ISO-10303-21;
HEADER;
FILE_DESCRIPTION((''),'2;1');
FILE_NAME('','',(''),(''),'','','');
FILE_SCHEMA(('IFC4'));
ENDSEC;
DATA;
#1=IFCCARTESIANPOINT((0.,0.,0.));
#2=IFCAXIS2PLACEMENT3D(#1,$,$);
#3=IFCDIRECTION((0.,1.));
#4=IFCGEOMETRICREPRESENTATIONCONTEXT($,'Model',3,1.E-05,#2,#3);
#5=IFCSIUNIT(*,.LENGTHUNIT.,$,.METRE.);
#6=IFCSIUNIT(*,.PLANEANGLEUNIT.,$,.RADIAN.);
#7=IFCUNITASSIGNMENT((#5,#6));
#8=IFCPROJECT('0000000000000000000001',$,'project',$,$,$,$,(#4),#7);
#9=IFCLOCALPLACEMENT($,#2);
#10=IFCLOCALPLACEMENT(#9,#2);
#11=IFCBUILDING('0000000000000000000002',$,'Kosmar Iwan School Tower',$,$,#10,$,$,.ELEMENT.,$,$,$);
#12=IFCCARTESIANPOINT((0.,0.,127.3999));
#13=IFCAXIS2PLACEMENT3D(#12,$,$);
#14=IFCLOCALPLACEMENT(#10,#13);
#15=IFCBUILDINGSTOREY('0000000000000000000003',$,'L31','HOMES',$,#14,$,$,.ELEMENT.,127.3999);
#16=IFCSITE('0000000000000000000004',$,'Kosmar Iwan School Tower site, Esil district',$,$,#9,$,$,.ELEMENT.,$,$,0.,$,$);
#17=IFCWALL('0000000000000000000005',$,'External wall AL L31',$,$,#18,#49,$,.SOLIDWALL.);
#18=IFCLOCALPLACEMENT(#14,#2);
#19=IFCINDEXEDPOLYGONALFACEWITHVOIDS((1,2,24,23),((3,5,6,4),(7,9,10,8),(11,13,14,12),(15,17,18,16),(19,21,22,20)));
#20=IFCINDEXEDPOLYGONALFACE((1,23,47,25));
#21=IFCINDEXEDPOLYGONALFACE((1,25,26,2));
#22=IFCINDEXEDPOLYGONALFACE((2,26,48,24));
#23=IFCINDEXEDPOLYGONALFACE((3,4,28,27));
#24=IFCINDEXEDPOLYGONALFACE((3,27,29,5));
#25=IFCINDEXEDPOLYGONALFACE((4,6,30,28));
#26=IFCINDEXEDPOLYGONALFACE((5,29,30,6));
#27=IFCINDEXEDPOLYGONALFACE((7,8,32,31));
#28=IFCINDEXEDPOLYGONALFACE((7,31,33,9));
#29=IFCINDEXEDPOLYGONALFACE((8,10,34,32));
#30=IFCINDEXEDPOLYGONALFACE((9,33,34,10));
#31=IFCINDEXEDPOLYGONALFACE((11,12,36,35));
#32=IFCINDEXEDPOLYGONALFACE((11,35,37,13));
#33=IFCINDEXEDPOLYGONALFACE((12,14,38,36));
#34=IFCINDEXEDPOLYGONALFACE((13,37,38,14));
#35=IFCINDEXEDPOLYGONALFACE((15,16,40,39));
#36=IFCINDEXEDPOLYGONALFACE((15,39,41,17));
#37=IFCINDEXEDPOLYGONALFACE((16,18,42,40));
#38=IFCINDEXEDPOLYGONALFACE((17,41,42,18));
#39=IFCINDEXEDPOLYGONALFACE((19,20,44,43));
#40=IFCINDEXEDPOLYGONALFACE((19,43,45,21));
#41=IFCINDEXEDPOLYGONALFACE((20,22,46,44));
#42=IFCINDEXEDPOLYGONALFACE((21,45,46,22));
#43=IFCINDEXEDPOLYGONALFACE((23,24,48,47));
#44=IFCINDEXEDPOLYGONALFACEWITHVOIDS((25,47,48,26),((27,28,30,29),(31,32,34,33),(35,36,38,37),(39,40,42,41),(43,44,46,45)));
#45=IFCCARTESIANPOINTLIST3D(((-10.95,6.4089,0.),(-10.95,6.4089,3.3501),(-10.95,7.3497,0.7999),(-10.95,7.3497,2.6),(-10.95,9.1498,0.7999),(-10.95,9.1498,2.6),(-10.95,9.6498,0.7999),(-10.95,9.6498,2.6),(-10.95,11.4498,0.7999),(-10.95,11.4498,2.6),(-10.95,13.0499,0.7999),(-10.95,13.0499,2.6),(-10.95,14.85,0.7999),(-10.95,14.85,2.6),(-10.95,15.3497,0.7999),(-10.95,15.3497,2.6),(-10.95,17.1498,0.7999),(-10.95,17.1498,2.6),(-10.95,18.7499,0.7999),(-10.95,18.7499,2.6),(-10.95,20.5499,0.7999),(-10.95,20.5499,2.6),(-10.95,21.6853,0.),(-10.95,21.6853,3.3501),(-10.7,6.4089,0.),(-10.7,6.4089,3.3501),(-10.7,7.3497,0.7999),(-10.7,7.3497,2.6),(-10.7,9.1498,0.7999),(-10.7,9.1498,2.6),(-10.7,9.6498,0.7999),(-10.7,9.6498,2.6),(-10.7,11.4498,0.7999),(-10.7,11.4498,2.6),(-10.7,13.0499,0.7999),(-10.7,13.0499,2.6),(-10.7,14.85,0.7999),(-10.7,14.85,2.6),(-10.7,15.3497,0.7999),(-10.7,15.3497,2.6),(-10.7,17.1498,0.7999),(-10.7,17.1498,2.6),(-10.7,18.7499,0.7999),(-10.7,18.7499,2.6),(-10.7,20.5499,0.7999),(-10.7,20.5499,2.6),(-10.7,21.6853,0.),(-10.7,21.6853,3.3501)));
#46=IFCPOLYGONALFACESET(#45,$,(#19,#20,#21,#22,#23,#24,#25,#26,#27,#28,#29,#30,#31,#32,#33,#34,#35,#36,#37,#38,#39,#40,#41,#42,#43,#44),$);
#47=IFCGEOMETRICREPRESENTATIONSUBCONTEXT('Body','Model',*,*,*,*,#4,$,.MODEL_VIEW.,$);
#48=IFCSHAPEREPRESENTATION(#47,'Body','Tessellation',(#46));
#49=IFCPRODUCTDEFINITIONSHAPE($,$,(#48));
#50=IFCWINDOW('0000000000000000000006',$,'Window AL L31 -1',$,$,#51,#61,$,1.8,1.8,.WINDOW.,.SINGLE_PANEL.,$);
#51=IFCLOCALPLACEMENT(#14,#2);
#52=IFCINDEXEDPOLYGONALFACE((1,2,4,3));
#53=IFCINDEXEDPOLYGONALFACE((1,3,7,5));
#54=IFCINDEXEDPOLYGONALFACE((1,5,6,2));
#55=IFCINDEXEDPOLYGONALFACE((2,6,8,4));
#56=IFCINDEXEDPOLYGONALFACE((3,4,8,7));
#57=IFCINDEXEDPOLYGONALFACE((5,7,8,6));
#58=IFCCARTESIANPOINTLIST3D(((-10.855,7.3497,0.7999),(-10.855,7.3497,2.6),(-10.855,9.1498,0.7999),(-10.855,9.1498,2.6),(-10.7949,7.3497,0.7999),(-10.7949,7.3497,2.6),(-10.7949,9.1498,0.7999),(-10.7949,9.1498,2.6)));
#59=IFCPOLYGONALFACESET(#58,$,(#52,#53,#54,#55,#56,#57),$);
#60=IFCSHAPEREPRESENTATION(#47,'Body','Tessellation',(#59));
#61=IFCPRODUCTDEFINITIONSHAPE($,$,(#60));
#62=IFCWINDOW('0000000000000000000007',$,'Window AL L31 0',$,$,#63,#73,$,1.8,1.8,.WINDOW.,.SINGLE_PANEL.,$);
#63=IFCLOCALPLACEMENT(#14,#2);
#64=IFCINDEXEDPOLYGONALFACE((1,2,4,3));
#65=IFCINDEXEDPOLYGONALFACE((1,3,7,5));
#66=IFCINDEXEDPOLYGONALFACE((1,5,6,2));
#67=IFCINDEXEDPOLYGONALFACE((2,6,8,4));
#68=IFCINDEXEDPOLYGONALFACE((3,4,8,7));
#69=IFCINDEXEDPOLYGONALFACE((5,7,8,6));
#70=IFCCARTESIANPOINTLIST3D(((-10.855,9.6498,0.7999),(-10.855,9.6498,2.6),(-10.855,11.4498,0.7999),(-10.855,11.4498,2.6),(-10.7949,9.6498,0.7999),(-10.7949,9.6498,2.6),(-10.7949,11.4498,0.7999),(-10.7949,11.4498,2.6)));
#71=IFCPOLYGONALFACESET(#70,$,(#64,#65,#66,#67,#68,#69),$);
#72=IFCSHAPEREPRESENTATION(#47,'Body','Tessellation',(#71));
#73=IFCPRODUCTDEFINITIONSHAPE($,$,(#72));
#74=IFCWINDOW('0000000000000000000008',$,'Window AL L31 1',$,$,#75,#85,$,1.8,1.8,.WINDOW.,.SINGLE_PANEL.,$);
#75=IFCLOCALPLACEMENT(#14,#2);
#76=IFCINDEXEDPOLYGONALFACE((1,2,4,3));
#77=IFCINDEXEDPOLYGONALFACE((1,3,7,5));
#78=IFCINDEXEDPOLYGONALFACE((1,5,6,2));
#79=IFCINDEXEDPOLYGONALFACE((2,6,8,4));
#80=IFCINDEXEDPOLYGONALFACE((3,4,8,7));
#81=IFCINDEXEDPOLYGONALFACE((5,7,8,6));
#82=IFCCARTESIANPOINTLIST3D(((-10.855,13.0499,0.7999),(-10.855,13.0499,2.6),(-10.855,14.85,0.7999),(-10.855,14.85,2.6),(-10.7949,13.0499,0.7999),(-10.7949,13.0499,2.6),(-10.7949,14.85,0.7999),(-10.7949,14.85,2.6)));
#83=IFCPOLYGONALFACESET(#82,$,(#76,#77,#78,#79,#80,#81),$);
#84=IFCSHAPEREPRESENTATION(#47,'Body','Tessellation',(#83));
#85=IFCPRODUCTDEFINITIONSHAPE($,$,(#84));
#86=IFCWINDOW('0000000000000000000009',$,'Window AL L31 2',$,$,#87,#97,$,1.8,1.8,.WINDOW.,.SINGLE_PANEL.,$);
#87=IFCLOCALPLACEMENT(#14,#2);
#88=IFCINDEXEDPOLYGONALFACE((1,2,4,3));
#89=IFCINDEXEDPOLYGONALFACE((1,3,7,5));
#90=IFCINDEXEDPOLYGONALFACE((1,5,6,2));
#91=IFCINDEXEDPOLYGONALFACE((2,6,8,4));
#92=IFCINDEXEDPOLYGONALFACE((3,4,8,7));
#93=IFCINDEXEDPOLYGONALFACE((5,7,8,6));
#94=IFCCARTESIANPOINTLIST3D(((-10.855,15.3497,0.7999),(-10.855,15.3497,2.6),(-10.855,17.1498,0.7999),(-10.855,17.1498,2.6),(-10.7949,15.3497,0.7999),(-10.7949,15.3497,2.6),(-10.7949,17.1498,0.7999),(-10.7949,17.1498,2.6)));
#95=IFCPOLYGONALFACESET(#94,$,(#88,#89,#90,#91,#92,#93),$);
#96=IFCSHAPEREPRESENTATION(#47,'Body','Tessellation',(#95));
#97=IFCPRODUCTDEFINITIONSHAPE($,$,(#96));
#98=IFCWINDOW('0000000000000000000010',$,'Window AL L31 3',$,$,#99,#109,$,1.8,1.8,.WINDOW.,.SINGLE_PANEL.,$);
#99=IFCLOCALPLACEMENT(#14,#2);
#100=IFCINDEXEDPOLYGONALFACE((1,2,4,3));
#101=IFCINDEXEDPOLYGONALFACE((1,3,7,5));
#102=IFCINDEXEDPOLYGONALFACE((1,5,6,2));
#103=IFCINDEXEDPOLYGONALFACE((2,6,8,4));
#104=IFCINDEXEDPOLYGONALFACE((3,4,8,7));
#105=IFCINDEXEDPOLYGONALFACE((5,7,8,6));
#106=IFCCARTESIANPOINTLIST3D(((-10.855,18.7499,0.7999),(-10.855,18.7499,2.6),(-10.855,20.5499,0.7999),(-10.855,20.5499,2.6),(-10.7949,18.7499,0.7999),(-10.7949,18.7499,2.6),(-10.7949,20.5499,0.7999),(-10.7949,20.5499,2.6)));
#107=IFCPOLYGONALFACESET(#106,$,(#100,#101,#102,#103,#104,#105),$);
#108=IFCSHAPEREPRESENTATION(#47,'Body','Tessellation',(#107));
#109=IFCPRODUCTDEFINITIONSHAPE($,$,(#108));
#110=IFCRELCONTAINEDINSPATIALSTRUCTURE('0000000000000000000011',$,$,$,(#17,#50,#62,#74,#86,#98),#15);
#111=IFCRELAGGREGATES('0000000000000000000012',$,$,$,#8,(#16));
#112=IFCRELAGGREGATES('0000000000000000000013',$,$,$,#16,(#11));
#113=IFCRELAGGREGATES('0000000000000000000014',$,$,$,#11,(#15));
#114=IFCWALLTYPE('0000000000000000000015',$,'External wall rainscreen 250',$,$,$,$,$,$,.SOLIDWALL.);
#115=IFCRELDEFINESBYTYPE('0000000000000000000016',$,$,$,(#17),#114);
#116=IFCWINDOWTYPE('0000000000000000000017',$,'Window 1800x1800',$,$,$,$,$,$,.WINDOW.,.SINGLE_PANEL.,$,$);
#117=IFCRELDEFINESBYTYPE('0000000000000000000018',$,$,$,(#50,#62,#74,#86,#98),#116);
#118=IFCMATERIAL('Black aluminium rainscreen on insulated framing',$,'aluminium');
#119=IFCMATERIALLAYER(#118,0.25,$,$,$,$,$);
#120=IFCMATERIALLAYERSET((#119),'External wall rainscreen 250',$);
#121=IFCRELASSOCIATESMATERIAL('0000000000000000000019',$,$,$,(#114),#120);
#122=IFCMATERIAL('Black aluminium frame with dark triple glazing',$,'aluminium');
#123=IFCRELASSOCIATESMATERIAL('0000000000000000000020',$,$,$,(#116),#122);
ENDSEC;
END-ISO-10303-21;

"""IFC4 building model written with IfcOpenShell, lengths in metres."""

from ifc_helpers import new_model, si_unit, direction, frame, frame_2d, origin, place, context, subcontext, project, spatial, rectangle, extrude, material, layer, layer_set, type_object, element, fill, save


model = new_model("IFC4")

# Units and contexts
model_context = context("Model", 3, precision=1e-05, world=origin(), true_north=direction((0.0, 1.0)))
body_context = subcontext(model_context, "Body", "Model", "MODEL_VIEW")
ifc_project = project(units=[si_unit("LENGTHUNIT", "METRE"), si_unit("PLANEANGLEUNIT", "RADIAN")], contexts=[model_context])

# Site, building, storey
site_placement = place(None, origin())
site = spatial("IfcSite", under=ifc_project, at=site_placement, Name="Kosmar Iwan School Tower site, Esil district", CompositionType="ELEMENT", RefElevation=0.0)
building_placement = place(site_placement, origin())
building = spatial("IfcBuilding", under=site, at=building_placement, Name="Kosmar Iwan School Tower", CompositionType="ELEMENT")
storey_placement = place(building_placement, frame((0.0, 0.0, 127.3999)))
storey = spatial("IfcBuildingStorey", under=building, at=storey_placement, Name="L31", Description="HOMES", CompositionType="ELEMENT", Elevation=127.3999)

# Wall, openings, windows
ifc_material_1 = material(Name="Black aluminium rainscreen on insulated framing", Category="aluminium")
ifc_layer_1 = layer(ifc_material_1, 0.25)
ifc_layer_set_1 = layer_set([ifc_layer_1], Name="External wall rainscreen 250")
wall_type_1 = type_object("IfcWallType", Name="External wall rainscreen 250", PredefinedType="SOLIDWALL", material=ifc_layer_set_1)
wall_1_placement = place(storey_placement, frame((-10.825, 6.4089, 0.0), z_axis=(0.0, 0.0, 1.0), x_axis=(0.0, 1.0, 0.0)))
wall_1 = element("IfcWall", 1, at=wall_1_placement, inside=storey, type_object=wall_type_1, Name="External wall AL L31", PredefinedType="SOLIDWALL", context=body_context, shape_type="SweptSolid", body=[
    extrude(rectangle(XDim=15.2764, YDim=0.25, at=frame_2d((7.6382, 0.0))), origin(), (0.0, 0.0, 1.0), 3.3501),
])
opening_1_placement = place(wall_1_placement, frame((0.9409, 0.0, 0.8)))
opening_1 = element("IfcOpeningElement", 2, at=opening_1_placement, cuts=wall_1, PredefinedType="OPENING", context=body_context, shape_type="SweptSolid", body=[
    extrude(rectangle(XDim=1.8, YDim=1.8, at=frame_2d((0.8999, 0.8999))), frame((0.0, 0.137, 0.0), z_axis=(0.0, -1.0, 0.0), x_axis=(1.0, 0.0, 0.0)), (0.0, 0.0, 1.0), 0.2739),
])
opening_2_placement = place(wall_1_placement, frame((3.241, 0.0, 0.8)))
opening_2 = element("IfcOpeningElement", 3, at=opening_2_placement, cuts=wall_1, PredefinedType="OPENING", context=body_context, shape_type="SweptSolid", body=[
    extrude(rectangle(XDim=1.8, YDim=1.8, at=frame_2d((0.8999, 0.8999))), frame((0.0, 0.137, 0.0), z_axis=(0.0, -1.0, 0.0), x_axis=(1.0, 0.0, 0.0)), (0.0, 0.0, 1.0), 0.2739),
])
opening_3_placement = place(wall_1_placement, frame((6.6411, 0.0, 0.8)))
opening_3 = element("IfcOpeningElement", 4, at=opening_3_placement, cuts=wall_1, PredefinedType="OPENING", context=body_context, shape_type="SweptSolid", body=[
    extrude(rectangle(XDim=1.8, YDim=1.8, at=frame_2d((0.8999, 0.8999))), frame((0.0, 0.137, 0.0), z_axis=(0.0, -1.0, 0.0), x_axis=(1.0, 0.0, 0.0)), (0.0, 0.0, 1.0), 0.2739),
])
opening_4_placement = place(wall_1_placement, frame((8.9409, 0.0, 0.8)))
opening_4 = element("IfcOpeningElement", 5, at=opening_4_placement, cuts=wall_1, PredefinedType="OPENING", context=body_context, shape_type="SweptSolid", body=[
    extrude(rectangle(XDim=1.8, YDim=1.8, at=frame_2d((0.8999, 0.8999))), frame((0.0, 0.137, 0.0), z_axis=(0.0, -1.0, 0.0), x_axis=(1.0, 0.0, 0.0)), (0.0, 0.0, 1.0), 0.2739),
])
opening_5_placement = place(wall_1_placement, frame((12.3411, 0.0, 0.8)))
opening_5 = element("IfcOpeningElement", 6, at=opening_5_placement, cuts=wall_1, PredefinedType="OPENING", context=body_context, shape_type="SweptSolid", body=[
    extrude(rectangle(XDim=1.8, YDim=1.8, at=frame_2d((0.8999, 0.8999))), frame((0.0, 0.137, 0.0), z_axis=(0.0, -1.0, 0.0), x_axis=(1.0, 0.0, 0.0)), (0.0, 0.0, 1.0), 0.2739),
])
ifc_material_2 = material(Name="Black aluminium frame with dark triple glazing", Category="aluminium")
window_type = type_object("IfcWindowType", Name="Window 1800x1800", PartitioningType="SINGLE_PANEL", PredefinedType="WINDOW", material=ifc_material_2)
window_1_placement = place(opening_1_placement, origin())
window_1 = element("IfcWindow", 7, at=window_1_placement, inside=storey, type_object=window_type, Name="Window AL L31 -1", OverallHeight=1.8, OverallWidth=1.8, PartitioningType="SINGLE_PANEL", PredefinedType="WINDOW", context=body_context, shape_type="SweptSolid", body=[
    extrude(rectangle(XDim=1.8, YDim=1.8, at=frame_2d((0.8999, 0.8999))), frame((0.0, 0.03, 0.0), z_axis=(0.0, -1.0, 0.0), x_axis=(1.0, 0.0, 0.0)), (0.0, 0.0, 1.0), 0.0601),
])
fill(opening_1, window_1)
window_2_placement = place(opening_2_placement, origin())
window_2 = element("IfcWindow", 8, at=window_2_placement, inside=storey, type_object=window_type, Name="Window AL L31 0", OverallHeight=1.8, OverallWidth=1.8, PartitioningType="SINGLE_PANEL", PredefinedType="WINDOW", context=body_context, shape_type="SweptSolid", body=[
    extrude(rectangle(XDim=1.8, YDim=1.8, at=frame_2d((0.8999, 0.8999))), frame((0.0, 0.03, 0.0), z_axis=(0.0, -1.0, 0.0), x_axis=(1.0, 0.0, 0.0)), (0.0, 0.0, 1.0), 0.0601),
])
fill(opening_2, window_2)
window_3_placement = place(opening_3_placement, origin())
window_3 = element("IfcWindow", 9, at=window_3_placement, inside=storey, type_object=window_type, Name="Window AL L31 1", OverallHeight=1.8, OverallWidth=1.8, PartitioningType="SINGLE_PANEL", PredefinedType="WINDOW", context=body_context, shape_type="SweptSolid", body=[
    extrude(rectangle(XDim=1.8, YDim=1.8, at=frame_2d((0.8999, 0.8999))), frame((0.0, 0.03, 0.0), z_axis=(0.0, -1.0, 0.0), x_axis=(1.0, 0.0, 0.0)), (0.0, 0.0, 1.0), 0.0601),
])
fill(opening_3, window_3)
window_4_placement = place(opening_4_placement, origin())
window_4 = element("IfcWindow", 10, at=window_4_placement, inside=storey, type_object=window_type, Name="Window AL L31 2", OverallHeight=1.8, OverallWidth=1.8, PartitioningType="SINGLE_PANEL", PredefinedType="WINDOW", context=body_context, shape_type="SweptSolid", body=[
    extrude(rectangle(XDim=1.8, YDim=1.8, at=frame_2d((0.8999, 0.8999))), frame((0.0, 0.03, 0.0), z_axis=(0.0, -1.0, 0.0), x_axis=(1.0, 0.0, 0.0)), (0.0, 0.0, 1.0), 0.0601),
])
fill(opening_4, window_4)
window_5_placement = place(opening_5_placement, origin())
window_5 = element("IfcWindow", 11, at=window_5_placement, inside=storey, type_object=window_type, Name="Window AL L31 3", OverallHeight=1.8, OverallWidth=1.8, PartitioningType="SINGLE_PANEL", PredefinedType="WINDOW", context=body_context, shape_type="SweptSolid", body=[
    extrude(rectangle(XDim=1.8, YDim=1.8, at=frame_2d((0.8999, 0.8999))), frame((0.0, 0.03, 0.0), z_axis=(0.0, -1.0, 0.0), x_axis=(1.0, 0.0, 0.0)), (0.0, 0.0, 1.0), 0.0601),
])
fill(opening_5, window_5)

save(model, "model.ifc")
